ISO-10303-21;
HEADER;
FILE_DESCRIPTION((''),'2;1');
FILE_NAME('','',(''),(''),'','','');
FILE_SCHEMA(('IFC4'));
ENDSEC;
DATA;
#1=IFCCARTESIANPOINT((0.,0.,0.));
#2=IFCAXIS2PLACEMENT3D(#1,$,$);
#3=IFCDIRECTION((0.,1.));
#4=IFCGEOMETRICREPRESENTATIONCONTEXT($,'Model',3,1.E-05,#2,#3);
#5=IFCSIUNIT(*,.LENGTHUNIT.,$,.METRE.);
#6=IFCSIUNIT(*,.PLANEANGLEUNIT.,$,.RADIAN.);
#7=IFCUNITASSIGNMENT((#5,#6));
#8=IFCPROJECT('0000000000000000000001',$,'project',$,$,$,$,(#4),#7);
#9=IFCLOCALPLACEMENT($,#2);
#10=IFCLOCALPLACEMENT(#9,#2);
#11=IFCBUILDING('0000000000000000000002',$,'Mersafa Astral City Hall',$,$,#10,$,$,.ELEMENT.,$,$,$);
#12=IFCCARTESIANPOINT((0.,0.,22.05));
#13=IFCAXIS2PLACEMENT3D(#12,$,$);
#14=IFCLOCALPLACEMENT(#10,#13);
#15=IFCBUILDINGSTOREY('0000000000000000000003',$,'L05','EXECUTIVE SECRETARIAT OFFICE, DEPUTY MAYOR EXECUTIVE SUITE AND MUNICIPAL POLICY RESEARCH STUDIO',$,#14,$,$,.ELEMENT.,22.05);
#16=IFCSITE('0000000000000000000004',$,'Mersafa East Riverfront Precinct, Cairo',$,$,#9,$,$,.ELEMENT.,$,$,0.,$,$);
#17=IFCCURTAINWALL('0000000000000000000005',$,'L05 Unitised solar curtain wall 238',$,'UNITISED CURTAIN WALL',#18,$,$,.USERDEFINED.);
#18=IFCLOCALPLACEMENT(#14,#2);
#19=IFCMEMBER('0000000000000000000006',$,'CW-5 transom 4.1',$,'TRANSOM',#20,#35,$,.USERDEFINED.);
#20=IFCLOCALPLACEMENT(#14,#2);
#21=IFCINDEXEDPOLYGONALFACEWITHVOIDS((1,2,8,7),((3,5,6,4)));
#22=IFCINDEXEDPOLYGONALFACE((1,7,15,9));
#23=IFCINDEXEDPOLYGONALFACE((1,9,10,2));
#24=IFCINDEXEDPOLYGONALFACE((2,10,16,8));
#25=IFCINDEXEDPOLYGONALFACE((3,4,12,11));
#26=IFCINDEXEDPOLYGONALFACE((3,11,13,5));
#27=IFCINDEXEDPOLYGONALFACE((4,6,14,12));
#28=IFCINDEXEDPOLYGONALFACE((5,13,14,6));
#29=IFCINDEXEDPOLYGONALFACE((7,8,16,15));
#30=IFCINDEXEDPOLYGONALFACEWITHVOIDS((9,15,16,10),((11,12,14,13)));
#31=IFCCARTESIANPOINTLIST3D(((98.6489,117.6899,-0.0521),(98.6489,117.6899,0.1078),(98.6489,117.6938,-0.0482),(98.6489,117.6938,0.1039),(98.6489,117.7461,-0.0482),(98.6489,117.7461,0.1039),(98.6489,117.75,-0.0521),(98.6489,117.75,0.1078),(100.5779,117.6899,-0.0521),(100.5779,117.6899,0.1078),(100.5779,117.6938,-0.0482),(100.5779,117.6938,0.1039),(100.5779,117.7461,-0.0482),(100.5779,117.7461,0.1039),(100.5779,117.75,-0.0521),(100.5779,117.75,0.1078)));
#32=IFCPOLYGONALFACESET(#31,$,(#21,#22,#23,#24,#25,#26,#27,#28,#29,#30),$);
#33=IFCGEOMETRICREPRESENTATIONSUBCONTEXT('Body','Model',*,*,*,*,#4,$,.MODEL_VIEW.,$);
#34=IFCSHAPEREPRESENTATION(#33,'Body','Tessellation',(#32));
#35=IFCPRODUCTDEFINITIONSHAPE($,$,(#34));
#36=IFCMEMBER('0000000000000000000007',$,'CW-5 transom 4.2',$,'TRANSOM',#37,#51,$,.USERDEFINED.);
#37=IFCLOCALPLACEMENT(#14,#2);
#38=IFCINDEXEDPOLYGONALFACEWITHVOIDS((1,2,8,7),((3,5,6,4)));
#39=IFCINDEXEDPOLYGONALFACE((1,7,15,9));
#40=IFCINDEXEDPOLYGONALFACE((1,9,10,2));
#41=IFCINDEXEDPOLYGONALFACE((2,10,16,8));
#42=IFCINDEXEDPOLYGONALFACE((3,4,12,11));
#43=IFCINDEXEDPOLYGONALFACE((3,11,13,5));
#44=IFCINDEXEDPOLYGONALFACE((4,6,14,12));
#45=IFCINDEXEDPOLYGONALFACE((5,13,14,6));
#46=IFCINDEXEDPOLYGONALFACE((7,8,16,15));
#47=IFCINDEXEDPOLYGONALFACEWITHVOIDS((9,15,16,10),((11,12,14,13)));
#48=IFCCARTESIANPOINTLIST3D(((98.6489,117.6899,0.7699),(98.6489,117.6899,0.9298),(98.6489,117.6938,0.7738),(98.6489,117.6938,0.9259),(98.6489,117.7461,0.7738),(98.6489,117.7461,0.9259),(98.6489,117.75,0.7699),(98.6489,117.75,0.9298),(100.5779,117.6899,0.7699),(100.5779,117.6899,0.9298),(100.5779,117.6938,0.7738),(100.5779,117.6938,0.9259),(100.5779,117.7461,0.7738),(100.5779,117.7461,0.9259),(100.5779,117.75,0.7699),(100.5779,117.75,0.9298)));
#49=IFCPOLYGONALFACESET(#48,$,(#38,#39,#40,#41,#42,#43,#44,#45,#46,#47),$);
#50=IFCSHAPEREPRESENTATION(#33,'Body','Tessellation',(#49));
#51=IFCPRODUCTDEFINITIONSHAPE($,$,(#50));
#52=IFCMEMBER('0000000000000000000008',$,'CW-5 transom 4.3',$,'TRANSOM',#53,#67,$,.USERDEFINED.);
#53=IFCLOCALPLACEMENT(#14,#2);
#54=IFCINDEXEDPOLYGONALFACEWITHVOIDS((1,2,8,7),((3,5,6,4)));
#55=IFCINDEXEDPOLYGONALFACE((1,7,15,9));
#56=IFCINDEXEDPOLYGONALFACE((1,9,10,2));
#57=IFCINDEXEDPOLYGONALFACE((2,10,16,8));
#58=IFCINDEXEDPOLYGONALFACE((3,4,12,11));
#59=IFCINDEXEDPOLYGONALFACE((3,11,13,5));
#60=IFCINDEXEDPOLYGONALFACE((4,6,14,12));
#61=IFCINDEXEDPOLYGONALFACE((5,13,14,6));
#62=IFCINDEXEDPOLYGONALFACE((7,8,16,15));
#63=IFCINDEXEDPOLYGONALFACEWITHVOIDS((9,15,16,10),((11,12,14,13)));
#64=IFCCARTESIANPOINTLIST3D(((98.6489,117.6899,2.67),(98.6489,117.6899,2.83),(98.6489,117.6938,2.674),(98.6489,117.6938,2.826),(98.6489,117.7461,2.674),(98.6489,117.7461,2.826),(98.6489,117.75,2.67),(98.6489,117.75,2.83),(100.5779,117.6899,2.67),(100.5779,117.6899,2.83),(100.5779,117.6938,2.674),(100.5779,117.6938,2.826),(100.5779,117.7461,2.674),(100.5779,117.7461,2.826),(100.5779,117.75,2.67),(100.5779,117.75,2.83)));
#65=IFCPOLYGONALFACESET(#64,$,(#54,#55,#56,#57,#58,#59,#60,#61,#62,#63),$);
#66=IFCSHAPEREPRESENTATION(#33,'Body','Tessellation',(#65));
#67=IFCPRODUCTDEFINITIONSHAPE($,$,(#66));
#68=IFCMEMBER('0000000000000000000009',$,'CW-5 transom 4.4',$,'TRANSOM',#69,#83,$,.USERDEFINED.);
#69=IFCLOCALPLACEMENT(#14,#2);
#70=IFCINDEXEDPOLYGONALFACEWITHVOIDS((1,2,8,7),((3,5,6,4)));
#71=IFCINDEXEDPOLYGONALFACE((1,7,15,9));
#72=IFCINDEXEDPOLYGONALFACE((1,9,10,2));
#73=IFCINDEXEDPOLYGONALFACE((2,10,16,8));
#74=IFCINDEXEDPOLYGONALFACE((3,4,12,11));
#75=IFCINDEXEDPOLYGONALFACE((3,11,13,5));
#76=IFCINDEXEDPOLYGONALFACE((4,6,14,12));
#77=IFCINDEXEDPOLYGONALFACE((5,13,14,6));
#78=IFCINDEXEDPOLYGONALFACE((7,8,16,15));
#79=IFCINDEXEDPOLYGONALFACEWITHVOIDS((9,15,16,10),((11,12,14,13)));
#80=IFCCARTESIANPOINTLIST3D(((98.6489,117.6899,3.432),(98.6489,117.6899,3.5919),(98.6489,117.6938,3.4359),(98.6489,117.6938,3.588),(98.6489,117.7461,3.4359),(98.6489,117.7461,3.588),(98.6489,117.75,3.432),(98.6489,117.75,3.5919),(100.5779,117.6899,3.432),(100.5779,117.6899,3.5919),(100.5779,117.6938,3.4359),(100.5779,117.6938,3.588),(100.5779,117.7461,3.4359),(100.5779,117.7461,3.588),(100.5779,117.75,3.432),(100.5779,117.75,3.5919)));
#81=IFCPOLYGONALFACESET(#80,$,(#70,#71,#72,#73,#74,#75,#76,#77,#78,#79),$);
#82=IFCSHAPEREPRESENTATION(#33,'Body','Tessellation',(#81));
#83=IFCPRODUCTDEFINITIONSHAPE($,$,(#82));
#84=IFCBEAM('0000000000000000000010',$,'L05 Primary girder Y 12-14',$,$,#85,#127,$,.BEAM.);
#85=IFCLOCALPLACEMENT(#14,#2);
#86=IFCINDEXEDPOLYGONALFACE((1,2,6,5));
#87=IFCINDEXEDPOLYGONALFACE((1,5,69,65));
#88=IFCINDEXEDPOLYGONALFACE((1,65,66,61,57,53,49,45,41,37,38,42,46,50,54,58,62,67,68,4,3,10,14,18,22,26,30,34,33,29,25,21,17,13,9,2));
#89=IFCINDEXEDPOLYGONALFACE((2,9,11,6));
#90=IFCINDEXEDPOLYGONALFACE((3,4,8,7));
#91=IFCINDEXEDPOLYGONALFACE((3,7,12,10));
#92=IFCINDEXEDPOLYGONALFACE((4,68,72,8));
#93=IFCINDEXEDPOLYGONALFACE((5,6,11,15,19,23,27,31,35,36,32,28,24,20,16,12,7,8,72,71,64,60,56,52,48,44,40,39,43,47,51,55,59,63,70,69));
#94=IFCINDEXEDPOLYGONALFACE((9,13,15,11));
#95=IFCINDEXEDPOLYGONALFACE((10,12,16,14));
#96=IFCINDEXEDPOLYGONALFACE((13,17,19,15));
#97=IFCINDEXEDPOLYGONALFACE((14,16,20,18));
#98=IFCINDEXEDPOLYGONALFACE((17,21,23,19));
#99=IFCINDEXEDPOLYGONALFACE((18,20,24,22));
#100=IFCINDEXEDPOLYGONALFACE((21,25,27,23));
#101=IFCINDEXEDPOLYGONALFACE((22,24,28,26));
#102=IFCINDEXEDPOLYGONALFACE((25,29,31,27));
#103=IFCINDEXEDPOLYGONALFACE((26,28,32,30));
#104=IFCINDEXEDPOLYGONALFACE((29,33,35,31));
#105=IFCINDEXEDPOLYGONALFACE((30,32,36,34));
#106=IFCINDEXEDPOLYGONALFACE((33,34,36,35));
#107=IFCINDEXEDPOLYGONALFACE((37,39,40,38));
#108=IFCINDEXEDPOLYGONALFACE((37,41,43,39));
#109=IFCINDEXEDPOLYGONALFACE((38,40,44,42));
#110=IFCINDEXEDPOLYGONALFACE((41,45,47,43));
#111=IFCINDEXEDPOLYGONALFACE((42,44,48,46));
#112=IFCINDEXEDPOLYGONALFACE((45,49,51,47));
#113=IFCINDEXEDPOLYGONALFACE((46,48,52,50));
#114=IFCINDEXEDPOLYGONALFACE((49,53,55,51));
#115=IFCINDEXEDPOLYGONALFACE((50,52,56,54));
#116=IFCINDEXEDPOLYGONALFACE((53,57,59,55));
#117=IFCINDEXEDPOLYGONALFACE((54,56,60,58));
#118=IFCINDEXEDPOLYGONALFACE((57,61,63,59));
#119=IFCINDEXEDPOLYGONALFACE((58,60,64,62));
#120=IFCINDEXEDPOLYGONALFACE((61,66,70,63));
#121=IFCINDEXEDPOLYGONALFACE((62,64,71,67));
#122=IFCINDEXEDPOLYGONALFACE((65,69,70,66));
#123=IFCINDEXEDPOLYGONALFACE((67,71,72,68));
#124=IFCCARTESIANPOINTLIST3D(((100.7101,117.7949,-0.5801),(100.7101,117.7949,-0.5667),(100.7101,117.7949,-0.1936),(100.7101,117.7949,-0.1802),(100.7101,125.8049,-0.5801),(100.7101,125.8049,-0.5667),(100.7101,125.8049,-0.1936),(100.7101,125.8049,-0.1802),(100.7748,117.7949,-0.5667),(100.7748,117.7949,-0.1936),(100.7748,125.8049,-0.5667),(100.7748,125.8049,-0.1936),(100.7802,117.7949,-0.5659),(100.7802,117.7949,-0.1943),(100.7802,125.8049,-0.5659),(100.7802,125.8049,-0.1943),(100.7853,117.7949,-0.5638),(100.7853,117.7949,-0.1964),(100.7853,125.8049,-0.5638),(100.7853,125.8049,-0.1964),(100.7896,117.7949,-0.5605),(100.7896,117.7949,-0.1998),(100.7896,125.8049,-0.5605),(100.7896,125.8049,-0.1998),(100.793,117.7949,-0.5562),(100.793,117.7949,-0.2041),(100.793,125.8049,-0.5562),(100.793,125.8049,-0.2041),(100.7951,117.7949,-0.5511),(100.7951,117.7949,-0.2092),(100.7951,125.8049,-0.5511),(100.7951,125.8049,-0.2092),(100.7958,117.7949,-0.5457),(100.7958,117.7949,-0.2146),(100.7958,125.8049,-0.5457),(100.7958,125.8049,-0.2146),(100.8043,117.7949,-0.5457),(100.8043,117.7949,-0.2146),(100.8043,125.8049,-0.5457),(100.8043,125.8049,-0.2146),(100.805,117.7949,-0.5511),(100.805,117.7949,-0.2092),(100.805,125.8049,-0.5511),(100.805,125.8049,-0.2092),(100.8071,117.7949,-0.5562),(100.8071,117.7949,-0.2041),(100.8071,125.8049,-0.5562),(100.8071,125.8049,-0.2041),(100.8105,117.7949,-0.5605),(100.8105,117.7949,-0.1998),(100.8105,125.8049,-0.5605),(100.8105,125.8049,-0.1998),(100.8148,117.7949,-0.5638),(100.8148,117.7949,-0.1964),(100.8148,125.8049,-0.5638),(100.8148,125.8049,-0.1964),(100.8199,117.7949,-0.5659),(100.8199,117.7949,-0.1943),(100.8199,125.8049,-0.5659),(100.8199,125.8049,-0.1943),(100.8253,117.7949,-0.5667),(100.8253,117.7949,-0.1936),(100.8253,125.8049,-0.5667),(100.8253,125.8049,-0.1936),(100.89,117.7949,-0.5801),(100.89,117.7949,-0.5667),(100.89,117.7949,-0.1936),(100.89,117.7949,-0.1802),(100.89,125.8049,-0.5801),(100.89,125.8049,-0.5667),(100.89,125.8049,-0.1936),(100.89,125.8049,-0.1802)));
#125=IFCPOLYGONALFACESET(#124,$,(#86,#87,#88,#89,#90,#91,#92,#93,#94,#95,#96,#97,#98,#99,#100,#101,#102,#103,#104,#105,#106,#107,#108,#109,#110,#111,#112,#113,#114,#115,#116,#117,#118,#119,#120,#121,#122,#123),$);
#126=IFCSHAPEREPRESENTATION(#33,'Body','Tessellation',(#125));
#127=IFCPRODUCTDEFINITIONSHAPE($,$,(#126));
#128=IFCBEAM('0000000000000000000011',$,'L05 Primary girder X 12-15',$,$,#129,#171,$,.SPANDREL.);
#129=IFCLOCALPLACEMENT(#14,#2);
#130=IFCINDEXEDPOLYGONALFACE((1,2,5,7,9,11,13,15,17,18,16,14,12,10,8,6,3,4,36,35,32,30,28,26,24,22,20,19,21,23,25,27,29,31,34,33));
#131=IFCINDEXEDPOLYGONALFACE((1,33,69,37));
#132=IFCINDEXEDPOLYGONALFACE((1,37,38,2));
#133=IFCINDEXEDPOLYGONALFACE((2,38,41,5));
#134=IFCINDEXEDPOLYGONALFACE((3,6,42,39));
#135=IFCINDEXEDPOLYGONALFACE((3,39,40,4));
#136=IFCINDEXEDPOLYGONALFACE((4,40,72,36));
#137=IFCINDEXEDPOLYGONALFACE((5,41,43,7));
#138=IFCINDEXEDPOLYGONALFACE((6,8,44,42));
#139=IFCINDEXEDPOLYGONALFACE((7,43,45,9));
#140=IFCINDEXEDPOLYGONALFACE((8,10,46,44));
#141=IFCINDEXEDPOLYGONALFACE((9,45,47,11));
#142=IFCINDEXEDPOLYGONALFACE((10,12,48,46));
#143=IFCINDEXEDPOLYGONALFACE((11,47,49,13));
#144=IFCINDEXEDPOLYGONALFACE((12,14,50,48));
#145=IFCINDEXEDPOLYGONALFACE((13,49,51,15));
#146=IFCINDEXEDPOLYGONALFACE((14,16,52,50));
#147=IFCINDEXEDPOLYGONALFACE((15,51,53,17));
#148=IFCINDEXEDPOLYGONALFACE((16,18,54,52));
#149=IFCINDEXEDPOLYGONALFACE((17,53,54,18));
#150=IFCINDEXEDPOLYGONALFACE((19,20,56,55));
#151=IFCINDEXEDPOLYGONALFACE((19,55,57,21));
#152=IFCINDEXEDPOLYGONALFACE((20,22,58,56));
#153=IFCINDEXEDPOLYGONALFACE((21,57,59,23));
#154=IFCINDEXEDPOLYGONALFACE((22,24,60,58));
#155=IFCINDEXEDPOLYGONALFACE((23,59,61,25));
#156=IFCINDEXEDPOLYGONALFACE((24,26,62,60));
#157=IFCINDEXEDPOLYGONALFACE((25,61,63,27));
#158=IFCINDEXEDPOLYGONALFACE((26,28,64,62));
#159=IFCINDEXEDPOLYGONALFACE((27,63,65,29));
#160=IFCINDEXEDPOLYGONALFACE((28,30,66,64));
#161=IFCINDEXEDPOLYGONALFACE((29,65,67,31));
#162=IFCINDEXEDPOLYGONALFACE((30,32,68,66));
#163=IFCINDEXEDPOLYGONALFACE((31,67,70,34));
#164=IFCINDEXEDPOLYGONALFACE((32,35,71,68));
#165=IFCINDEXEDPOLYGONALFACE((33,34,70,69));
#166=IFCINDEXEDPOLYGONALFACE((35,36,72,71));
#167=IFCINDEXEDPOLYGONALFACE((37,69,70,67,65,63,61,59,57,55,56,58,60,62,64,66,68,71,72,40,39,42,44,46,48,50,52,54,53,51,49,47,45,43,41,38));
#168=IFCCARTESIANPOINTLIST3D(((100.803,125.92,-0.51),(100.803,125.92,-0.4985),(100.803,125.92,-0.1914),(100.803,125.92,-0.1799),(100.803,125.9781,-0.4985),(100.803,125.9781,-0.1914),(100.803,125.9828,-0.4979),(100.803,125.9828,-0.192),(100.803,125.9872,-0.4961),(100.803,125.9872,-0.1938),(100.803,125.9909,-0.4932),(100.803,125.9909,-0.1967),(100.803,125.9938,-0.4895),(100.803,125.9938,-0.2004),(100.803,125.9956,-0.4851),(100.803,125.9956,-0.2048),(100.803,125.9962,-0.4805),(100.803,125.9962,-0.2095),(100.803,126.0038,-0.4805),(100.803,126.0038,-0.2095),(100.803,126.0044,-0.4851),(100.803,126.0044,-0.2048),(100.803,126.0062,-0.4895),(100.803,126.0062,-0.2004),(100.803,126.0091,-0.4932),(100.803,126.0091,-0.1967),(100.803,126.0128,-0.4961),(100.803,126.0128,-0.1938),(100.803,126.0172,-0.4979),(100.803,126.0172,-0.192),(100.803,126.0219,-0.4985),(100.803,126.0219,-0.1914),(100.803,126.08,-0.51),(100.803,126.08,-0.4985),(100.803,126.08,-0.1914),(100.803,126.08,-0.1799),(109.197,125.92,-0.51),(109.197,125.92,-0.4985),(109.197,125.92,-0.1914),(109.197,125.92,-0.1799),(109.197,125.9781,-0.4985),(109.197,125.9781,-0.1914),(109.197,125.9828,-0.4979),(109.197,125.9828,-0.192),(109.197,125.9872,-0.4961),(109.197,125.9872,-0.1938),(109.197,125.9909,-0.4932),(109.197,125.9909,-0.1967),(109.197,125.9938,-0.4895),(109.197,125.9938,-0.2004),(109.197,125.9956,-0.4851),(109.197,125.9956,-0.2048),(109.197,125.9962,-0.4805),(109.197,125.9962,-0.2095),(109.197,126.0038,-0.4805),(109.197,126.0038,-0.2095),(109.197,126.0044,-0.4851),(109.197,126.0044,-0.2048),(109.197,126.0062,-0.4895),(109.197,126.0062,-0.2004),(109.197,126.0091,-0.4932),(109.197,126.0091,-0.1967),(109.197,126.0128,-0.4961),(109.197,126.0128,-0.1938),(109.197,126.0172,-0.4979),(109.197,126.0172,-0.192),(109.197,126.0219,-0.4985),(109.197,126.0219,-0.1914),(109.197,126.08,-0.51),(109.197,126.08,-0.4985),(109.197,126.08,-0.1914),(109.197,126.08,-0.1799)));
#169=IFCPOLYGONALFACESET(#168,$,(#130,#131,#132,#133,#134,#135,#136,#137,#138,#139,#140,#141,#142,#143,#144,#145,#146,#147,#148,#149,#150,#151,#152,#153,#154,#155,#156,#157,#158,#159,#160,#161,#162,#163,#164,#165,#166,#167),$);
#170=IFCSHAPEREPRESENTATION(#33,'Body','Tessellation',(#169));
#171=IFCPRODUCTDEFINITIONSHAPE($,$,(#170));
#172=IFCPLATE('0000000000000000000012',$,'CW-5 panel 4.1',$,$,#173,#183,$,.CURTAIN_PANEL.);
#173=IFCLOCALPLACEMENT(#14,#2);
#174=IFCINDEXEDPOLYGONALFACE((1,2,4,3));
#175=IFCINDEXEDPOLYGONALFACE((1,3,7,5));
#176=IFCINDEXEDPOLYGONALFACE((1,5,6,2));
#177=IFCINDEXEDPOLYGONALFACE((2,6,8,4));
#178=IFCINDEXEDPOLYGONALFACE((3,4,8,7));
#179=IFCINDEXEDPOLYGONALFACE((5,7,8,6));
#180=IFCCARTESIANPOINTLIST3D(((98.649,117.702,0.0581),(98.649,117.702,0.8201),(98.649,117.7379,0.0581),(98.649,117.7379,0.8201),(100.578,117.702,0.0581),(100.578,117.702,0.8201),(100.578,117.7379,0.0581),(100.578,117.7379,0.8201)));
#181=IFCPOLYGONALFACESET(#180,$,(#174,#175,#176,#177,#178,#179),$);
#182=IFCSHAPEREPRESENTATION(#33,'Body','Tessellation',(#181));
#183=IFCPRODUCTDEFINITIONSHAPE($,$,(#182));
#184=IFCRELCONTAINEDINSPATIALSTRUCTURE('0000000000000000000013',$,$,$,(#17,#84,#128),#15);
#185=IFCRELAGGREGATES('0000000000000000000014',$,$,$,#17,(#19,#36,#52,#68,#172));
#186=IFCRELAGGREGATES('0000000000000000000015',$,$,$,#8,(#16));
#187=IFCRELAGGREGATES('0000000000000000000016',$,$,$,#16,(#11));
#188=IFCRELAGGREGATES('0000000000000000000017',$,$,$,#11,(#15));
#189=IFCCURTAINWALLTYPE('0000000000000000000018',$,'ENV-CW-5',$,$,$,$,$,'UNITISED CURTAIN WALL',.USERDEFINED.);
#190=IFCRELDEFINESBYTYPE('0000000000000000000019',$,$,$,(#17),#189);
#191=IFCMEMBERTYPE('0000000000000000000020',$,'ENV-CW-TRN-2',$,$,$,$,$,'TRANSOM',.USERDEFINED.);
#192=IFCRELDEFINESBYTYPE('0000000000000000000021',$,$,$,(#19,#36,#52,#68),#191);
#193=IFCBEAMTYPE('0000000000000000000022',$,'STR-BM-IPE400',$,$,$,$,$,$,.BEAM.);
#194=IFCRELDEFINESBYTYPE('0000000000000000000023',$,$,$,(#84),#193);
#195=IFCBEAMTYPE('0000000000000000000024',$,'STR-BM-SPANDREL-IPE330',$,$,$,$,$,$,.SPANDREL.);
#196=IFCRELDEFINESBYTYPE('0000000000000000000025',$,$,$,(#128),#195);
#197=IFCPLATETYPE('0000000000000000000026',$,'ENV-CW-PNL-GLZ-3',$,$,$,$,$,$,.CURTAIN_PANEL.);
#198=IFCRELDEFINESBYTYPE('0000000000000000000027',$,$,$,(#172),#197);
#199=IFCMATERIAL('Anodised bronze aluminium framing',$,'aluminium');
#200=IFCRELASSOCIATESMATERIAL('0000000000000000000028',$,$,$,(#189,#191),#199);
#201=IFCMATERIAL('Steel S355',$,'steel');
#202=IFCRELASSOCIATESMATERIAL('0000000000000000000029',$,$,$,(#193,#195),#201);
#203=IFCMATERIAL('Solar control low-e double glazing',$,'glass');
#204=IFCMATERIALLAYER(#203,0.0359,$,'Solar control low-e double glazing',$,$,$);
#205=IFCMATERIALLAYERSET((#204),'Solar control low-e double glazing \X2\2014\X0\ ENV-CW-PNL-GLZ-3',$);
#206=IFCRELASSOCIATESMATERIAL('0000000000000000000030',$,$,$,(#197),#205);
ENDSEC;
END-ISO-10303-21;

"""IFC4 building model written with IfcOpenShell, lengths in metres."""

from ifc_helpers import new_model, si_unit, direction, frame, origin, origin_2d, place, context, subcontext, project, spatial, rectangle, hollow_rectangle, i_section, extrude, material, layer, layer_set, material_profile, profile_set, type_object, element, aggregate, save


model = new_model("IFC4")

# Units and contexts
model_context = context("Model", 3, precision=1e-05, world=origin(), true_north=direction((0.0, 1.0)))
body_context = subcontext(model_context, "Body", "Model", "MODEL_VIEW")
ifc_project = project(units=[si_unit("LENGTHUNIT", "METRE"), si_unit("PLANEANGLEUNIT", "RADIAN")], contexts=[model_context])

# Site, building, storey
site_placement = place(None, origin())
site = spatial("IfcSite", under=ifc_project, at=site_placement, Name="Mersafa East Riverfront Precinct, Cairo", CompositionType="ELEMENT", RefElevation=0.0)
building_placement = place(site_placement, origin())
building = spatial("IfcBuilding", under=site, at=building_placement, Name="Mersafa Astral City Hall", CompositionType="ELEMENT")
storey_placement = place(building_placement, frame((0.0, 0.0, 22.05)))
storey = spatial("IfcBuildingStorey", under=building, at=storey_placement, Name="L05", Description="EXECUTIVE SECRETARIAT OFFICE, DEPUTY MAYOR EXECUTIVE SUITE AND MUNICIPAL POLICY RESEARCH STUDIO", CompositionType="ELEMENT", Elevation=22.05)

# Shared definitions
ifc_material_1 = material(Name="Steel S355", Category="steel")

# Curtain wall
ifc_material_2 = material(Name="Anodised bronze aluminium framing", Category="aluminium")
curtain_wall_type_1 = type_object("IfcCurtainWallType", Name="ENV-CW-5", ElementType="UNITISED CURTAIN WALL", PredefinedType="USERDEFINED", material=ifc_material_2)
curtain_wall_1_placement = place(storey_placement, origin())
curtain_wall_1 = element("IfcCurtainWall", 1, at=curtain_wall_1_placement, inside=storey, type_object=curtain_wall_type_1, Name="L05 Unitised solar curtain wall 238", ObjectType="UNITISED CURTAIN WALL", PredefinedType="USERDEFINED")

# Members
ifc_material_profile_1 = material_profile(ifc_material_2, hollow_rectangle(XDim=0.0601, YDim=0.1599, WallThickness=0.0039, at=origin_2d()), Name="RHS 60x160x4")
ifc_profile_set_1 = profile_set([ifc_material_profile_1], Name="Anodised bronze aluminium framing")
member_type_1 = type_object("IfcMemberType", Name="ENV-CW-TRN-2", ElementType="TRANSOM", PredefinedType="USERDEFINED", material=ifc_profile_set_1)
member_1_placement = place(storey_placement, frame((98.6489, 117.72, 0.0278), z_axis=(1.0, 0.0, 0.0), x_axis=(0.0, 1.0, 0.0)))
member_1 = element("IfcMember", 2, at=member_1_placement, type_object=member_type_1, Name="CW-5 transom 4.1", ObjectType="TRANSOM", PredefinedType="USERDEFINED", context=body_context, shape_type="SweptSolid", body=[
    extrude(hollow_rectangle(XDim=0.0601, YDim=0.1599, WallThickness=0.0039, at=origin_2d()), origin(), (0.0, 0.0, 1.0), 1.929),
])
member_2_placement = place(storey_placement, frame((98.6489, 117.72, 0.8499), z_axis=(1.0, 0.0, 0.0), x_axis=(0.0, 1.0, 0.0)))
member_2 = element("IfcMember", 3, at=member_2_placement, type_object=member_type_1, Name="CW-5 transom 4.2", ObjectType="TRANSOM", PredefinedType="USERDEFINED", context=body_context, shape_type="SweptSolid", body=[
    extrude(hollow_rectangle(XDim=0.0601, YDim=0.1599, WallThickness=0.0039, at=origin_2d()), origin(), (0.0, 0.0, 1.0), 1.929),
])
member_3_placement = place(storey_placement, frame((98.6489, 117.72, 2.75), z_axis=(1.0, 0.0, 0.0), x_axis=(0.0, 1.0, 0.0)))
member_3 = element("IfcMember", 4, at=member_3_placement, type_object=member_type_1, Name="CW-5 transom 4.3", ObjectType="TRANSOM", PredefinedType="USERDEFINED", context=body_context, shape_type="SweptSolid", body=[
    extrude(hollow_rectangle(XDim=0.0601, YDim=0.1599, WallThickness=0.0039, at=origin_2d()), origin(), (0.0, 0.0, 1.0), 1.929),
])
member_4_placement = place(storey_placement, frame((98.6489, 117.72, 3.512), z_axis=(1.0, 0.0, 0.0), x_axis=(0.0, 1.0, 0.0)))
member_4 = element("IfcMember", 5, at=member_4_placement, type_object=member_type_1, Name="CW-5 transom 4.4", ObjectType="TRANSOM", PredefinedType="USERDEFINED", context=body_context, shape_type="SweptSolid", body=[
    extrude(hollow_rectangle(XDim=0.0601, YDim=0.1599, WallThickness=0.0039, at=origin_2d()), origin(), (0.0, 0.0, 1.0), 1.929),
])

# Beams
ifc_material_profile_2 = material_profile(ifc_material_1, i_section(OverallWidth=0.1799, OverallDepth=0.3999, WebThickness=0.0085, FlangeThickness=0.0134, FilletRadius=0.021, at=origin_2d()), Name="IPE 400")
ifc_profile_set_2 = profile_set([ifc_material_profile_2], Name="Steel S355")
beam_type_1 = type_object("IfcBeamType", Name="STR-BM-IPE400", PredefinedType="BEAM", material=ifc_profile_set_2)
beam_1_placement = place(storey_placement, frame((100.8, 117.7949, -0.3801), z_axis=(0.0, 1.0, 0.0), x_axis=(-1.0, 0.0, 0.0)))
element("IfcBeam", 6, at=beam_1_placement, inside=storey, type_object=beam_type_1, Name="L05 Primary girder Y 12-14", PredefinedType="BEAM", context=body_context, shape_type="SweptSolid", body=[
    extrude(i_section(OverallWidth=0.1799, OverallDepth=0.3999, WebThickness=0.0085, FlangeThickness=0.0134, FilletRadius=0.021, at=origin_2d()), origin(), (0.0, 0.0, 1.0), 8.01),
])
ifc_material_profile_3 = material_profile(ifc_material_1, i_section(OverallWidth=0.1599, OverallDepth=0.3301, WebThickness=0.0076, FlangeThickness=0.0115, FilletRadius=0.0181, at=origin_2d()), Name="IPE 330")
ifc_profile_set_3 = profile_set([ifc_material_profile_3], Name="Steel S355")
beam_type_2 = type_object("IfcBeamType", Name="STR-BM-SPANDREL-IPE330", PredefinedType="SPANDREL", material=ifc_profile_set_3)
beam_2_placement = place(storey_placement, frame((100.803, 126.0, -0.345), z_axis=(1.0, 0.0, 0.0), x_axis=(0.0, 1.0, 0.0)))
element("IfcBeam", 7, at=beam_2_placement, inside=storey, type_object=beam_type_2, Name="L05 Primary girder X 12-15", PredefinedType="SPANDREL", context=body_context, shape_type="SweptSolid", body=[
    extrude(i_section(OverallWidth=0.1599, OverallDepth=0.3301, WebThickness=0.0076, FlangeThickness=0.0115, FilletRadius=0.0181, at=origin_2d()), origin(), (0.0, 0.0, 1.0), 8.394),
])

# Plate
ifc_material_3 = material(Name="Solar control low-e double glazing", Category="glass")
ifc_layer_1 = layer(ifc_material_3, 0.0359, Name="Solar control low-e double glazing")
ifc_layer_set_1 = layer_set([ifc_layer_1], Name="Solar control low-e double glazing — ENV-CW-PNL-GLZ-3")
plate_type_1 = type_object("IfcPlateType", Name="ENV-CW-PNL-GLZ-3", PredefinedType="CURTAIN_PANEL", material=ifc_layer_set_1)
plate_1_placement = place(storey_placement, frame((99.6135, 117.72, 0.0581), z_axis=(0.0, 0.0, 1.0), x_axis=(1.0, 0.0, 0.0)))
plate_1 = element("IfcPlate", 8, at=plate_1_placement, type_object=plate_type_1, Name="CW-5 panel 4.1", PredefinedType="CURTAIN_PANEL", context=body_context, shape_type="SweptSolid", body=[
    extrude(rectangle(XDim=1.929, YDim=0.0359, at=origin_2d()), origin(), (0.0, 0.0, 1.0), 0.762),
])
aggregate(curtain_wall_1, [member_1, member_2, member_3, member_4, plate_1])

save(model, "model.ifc")
